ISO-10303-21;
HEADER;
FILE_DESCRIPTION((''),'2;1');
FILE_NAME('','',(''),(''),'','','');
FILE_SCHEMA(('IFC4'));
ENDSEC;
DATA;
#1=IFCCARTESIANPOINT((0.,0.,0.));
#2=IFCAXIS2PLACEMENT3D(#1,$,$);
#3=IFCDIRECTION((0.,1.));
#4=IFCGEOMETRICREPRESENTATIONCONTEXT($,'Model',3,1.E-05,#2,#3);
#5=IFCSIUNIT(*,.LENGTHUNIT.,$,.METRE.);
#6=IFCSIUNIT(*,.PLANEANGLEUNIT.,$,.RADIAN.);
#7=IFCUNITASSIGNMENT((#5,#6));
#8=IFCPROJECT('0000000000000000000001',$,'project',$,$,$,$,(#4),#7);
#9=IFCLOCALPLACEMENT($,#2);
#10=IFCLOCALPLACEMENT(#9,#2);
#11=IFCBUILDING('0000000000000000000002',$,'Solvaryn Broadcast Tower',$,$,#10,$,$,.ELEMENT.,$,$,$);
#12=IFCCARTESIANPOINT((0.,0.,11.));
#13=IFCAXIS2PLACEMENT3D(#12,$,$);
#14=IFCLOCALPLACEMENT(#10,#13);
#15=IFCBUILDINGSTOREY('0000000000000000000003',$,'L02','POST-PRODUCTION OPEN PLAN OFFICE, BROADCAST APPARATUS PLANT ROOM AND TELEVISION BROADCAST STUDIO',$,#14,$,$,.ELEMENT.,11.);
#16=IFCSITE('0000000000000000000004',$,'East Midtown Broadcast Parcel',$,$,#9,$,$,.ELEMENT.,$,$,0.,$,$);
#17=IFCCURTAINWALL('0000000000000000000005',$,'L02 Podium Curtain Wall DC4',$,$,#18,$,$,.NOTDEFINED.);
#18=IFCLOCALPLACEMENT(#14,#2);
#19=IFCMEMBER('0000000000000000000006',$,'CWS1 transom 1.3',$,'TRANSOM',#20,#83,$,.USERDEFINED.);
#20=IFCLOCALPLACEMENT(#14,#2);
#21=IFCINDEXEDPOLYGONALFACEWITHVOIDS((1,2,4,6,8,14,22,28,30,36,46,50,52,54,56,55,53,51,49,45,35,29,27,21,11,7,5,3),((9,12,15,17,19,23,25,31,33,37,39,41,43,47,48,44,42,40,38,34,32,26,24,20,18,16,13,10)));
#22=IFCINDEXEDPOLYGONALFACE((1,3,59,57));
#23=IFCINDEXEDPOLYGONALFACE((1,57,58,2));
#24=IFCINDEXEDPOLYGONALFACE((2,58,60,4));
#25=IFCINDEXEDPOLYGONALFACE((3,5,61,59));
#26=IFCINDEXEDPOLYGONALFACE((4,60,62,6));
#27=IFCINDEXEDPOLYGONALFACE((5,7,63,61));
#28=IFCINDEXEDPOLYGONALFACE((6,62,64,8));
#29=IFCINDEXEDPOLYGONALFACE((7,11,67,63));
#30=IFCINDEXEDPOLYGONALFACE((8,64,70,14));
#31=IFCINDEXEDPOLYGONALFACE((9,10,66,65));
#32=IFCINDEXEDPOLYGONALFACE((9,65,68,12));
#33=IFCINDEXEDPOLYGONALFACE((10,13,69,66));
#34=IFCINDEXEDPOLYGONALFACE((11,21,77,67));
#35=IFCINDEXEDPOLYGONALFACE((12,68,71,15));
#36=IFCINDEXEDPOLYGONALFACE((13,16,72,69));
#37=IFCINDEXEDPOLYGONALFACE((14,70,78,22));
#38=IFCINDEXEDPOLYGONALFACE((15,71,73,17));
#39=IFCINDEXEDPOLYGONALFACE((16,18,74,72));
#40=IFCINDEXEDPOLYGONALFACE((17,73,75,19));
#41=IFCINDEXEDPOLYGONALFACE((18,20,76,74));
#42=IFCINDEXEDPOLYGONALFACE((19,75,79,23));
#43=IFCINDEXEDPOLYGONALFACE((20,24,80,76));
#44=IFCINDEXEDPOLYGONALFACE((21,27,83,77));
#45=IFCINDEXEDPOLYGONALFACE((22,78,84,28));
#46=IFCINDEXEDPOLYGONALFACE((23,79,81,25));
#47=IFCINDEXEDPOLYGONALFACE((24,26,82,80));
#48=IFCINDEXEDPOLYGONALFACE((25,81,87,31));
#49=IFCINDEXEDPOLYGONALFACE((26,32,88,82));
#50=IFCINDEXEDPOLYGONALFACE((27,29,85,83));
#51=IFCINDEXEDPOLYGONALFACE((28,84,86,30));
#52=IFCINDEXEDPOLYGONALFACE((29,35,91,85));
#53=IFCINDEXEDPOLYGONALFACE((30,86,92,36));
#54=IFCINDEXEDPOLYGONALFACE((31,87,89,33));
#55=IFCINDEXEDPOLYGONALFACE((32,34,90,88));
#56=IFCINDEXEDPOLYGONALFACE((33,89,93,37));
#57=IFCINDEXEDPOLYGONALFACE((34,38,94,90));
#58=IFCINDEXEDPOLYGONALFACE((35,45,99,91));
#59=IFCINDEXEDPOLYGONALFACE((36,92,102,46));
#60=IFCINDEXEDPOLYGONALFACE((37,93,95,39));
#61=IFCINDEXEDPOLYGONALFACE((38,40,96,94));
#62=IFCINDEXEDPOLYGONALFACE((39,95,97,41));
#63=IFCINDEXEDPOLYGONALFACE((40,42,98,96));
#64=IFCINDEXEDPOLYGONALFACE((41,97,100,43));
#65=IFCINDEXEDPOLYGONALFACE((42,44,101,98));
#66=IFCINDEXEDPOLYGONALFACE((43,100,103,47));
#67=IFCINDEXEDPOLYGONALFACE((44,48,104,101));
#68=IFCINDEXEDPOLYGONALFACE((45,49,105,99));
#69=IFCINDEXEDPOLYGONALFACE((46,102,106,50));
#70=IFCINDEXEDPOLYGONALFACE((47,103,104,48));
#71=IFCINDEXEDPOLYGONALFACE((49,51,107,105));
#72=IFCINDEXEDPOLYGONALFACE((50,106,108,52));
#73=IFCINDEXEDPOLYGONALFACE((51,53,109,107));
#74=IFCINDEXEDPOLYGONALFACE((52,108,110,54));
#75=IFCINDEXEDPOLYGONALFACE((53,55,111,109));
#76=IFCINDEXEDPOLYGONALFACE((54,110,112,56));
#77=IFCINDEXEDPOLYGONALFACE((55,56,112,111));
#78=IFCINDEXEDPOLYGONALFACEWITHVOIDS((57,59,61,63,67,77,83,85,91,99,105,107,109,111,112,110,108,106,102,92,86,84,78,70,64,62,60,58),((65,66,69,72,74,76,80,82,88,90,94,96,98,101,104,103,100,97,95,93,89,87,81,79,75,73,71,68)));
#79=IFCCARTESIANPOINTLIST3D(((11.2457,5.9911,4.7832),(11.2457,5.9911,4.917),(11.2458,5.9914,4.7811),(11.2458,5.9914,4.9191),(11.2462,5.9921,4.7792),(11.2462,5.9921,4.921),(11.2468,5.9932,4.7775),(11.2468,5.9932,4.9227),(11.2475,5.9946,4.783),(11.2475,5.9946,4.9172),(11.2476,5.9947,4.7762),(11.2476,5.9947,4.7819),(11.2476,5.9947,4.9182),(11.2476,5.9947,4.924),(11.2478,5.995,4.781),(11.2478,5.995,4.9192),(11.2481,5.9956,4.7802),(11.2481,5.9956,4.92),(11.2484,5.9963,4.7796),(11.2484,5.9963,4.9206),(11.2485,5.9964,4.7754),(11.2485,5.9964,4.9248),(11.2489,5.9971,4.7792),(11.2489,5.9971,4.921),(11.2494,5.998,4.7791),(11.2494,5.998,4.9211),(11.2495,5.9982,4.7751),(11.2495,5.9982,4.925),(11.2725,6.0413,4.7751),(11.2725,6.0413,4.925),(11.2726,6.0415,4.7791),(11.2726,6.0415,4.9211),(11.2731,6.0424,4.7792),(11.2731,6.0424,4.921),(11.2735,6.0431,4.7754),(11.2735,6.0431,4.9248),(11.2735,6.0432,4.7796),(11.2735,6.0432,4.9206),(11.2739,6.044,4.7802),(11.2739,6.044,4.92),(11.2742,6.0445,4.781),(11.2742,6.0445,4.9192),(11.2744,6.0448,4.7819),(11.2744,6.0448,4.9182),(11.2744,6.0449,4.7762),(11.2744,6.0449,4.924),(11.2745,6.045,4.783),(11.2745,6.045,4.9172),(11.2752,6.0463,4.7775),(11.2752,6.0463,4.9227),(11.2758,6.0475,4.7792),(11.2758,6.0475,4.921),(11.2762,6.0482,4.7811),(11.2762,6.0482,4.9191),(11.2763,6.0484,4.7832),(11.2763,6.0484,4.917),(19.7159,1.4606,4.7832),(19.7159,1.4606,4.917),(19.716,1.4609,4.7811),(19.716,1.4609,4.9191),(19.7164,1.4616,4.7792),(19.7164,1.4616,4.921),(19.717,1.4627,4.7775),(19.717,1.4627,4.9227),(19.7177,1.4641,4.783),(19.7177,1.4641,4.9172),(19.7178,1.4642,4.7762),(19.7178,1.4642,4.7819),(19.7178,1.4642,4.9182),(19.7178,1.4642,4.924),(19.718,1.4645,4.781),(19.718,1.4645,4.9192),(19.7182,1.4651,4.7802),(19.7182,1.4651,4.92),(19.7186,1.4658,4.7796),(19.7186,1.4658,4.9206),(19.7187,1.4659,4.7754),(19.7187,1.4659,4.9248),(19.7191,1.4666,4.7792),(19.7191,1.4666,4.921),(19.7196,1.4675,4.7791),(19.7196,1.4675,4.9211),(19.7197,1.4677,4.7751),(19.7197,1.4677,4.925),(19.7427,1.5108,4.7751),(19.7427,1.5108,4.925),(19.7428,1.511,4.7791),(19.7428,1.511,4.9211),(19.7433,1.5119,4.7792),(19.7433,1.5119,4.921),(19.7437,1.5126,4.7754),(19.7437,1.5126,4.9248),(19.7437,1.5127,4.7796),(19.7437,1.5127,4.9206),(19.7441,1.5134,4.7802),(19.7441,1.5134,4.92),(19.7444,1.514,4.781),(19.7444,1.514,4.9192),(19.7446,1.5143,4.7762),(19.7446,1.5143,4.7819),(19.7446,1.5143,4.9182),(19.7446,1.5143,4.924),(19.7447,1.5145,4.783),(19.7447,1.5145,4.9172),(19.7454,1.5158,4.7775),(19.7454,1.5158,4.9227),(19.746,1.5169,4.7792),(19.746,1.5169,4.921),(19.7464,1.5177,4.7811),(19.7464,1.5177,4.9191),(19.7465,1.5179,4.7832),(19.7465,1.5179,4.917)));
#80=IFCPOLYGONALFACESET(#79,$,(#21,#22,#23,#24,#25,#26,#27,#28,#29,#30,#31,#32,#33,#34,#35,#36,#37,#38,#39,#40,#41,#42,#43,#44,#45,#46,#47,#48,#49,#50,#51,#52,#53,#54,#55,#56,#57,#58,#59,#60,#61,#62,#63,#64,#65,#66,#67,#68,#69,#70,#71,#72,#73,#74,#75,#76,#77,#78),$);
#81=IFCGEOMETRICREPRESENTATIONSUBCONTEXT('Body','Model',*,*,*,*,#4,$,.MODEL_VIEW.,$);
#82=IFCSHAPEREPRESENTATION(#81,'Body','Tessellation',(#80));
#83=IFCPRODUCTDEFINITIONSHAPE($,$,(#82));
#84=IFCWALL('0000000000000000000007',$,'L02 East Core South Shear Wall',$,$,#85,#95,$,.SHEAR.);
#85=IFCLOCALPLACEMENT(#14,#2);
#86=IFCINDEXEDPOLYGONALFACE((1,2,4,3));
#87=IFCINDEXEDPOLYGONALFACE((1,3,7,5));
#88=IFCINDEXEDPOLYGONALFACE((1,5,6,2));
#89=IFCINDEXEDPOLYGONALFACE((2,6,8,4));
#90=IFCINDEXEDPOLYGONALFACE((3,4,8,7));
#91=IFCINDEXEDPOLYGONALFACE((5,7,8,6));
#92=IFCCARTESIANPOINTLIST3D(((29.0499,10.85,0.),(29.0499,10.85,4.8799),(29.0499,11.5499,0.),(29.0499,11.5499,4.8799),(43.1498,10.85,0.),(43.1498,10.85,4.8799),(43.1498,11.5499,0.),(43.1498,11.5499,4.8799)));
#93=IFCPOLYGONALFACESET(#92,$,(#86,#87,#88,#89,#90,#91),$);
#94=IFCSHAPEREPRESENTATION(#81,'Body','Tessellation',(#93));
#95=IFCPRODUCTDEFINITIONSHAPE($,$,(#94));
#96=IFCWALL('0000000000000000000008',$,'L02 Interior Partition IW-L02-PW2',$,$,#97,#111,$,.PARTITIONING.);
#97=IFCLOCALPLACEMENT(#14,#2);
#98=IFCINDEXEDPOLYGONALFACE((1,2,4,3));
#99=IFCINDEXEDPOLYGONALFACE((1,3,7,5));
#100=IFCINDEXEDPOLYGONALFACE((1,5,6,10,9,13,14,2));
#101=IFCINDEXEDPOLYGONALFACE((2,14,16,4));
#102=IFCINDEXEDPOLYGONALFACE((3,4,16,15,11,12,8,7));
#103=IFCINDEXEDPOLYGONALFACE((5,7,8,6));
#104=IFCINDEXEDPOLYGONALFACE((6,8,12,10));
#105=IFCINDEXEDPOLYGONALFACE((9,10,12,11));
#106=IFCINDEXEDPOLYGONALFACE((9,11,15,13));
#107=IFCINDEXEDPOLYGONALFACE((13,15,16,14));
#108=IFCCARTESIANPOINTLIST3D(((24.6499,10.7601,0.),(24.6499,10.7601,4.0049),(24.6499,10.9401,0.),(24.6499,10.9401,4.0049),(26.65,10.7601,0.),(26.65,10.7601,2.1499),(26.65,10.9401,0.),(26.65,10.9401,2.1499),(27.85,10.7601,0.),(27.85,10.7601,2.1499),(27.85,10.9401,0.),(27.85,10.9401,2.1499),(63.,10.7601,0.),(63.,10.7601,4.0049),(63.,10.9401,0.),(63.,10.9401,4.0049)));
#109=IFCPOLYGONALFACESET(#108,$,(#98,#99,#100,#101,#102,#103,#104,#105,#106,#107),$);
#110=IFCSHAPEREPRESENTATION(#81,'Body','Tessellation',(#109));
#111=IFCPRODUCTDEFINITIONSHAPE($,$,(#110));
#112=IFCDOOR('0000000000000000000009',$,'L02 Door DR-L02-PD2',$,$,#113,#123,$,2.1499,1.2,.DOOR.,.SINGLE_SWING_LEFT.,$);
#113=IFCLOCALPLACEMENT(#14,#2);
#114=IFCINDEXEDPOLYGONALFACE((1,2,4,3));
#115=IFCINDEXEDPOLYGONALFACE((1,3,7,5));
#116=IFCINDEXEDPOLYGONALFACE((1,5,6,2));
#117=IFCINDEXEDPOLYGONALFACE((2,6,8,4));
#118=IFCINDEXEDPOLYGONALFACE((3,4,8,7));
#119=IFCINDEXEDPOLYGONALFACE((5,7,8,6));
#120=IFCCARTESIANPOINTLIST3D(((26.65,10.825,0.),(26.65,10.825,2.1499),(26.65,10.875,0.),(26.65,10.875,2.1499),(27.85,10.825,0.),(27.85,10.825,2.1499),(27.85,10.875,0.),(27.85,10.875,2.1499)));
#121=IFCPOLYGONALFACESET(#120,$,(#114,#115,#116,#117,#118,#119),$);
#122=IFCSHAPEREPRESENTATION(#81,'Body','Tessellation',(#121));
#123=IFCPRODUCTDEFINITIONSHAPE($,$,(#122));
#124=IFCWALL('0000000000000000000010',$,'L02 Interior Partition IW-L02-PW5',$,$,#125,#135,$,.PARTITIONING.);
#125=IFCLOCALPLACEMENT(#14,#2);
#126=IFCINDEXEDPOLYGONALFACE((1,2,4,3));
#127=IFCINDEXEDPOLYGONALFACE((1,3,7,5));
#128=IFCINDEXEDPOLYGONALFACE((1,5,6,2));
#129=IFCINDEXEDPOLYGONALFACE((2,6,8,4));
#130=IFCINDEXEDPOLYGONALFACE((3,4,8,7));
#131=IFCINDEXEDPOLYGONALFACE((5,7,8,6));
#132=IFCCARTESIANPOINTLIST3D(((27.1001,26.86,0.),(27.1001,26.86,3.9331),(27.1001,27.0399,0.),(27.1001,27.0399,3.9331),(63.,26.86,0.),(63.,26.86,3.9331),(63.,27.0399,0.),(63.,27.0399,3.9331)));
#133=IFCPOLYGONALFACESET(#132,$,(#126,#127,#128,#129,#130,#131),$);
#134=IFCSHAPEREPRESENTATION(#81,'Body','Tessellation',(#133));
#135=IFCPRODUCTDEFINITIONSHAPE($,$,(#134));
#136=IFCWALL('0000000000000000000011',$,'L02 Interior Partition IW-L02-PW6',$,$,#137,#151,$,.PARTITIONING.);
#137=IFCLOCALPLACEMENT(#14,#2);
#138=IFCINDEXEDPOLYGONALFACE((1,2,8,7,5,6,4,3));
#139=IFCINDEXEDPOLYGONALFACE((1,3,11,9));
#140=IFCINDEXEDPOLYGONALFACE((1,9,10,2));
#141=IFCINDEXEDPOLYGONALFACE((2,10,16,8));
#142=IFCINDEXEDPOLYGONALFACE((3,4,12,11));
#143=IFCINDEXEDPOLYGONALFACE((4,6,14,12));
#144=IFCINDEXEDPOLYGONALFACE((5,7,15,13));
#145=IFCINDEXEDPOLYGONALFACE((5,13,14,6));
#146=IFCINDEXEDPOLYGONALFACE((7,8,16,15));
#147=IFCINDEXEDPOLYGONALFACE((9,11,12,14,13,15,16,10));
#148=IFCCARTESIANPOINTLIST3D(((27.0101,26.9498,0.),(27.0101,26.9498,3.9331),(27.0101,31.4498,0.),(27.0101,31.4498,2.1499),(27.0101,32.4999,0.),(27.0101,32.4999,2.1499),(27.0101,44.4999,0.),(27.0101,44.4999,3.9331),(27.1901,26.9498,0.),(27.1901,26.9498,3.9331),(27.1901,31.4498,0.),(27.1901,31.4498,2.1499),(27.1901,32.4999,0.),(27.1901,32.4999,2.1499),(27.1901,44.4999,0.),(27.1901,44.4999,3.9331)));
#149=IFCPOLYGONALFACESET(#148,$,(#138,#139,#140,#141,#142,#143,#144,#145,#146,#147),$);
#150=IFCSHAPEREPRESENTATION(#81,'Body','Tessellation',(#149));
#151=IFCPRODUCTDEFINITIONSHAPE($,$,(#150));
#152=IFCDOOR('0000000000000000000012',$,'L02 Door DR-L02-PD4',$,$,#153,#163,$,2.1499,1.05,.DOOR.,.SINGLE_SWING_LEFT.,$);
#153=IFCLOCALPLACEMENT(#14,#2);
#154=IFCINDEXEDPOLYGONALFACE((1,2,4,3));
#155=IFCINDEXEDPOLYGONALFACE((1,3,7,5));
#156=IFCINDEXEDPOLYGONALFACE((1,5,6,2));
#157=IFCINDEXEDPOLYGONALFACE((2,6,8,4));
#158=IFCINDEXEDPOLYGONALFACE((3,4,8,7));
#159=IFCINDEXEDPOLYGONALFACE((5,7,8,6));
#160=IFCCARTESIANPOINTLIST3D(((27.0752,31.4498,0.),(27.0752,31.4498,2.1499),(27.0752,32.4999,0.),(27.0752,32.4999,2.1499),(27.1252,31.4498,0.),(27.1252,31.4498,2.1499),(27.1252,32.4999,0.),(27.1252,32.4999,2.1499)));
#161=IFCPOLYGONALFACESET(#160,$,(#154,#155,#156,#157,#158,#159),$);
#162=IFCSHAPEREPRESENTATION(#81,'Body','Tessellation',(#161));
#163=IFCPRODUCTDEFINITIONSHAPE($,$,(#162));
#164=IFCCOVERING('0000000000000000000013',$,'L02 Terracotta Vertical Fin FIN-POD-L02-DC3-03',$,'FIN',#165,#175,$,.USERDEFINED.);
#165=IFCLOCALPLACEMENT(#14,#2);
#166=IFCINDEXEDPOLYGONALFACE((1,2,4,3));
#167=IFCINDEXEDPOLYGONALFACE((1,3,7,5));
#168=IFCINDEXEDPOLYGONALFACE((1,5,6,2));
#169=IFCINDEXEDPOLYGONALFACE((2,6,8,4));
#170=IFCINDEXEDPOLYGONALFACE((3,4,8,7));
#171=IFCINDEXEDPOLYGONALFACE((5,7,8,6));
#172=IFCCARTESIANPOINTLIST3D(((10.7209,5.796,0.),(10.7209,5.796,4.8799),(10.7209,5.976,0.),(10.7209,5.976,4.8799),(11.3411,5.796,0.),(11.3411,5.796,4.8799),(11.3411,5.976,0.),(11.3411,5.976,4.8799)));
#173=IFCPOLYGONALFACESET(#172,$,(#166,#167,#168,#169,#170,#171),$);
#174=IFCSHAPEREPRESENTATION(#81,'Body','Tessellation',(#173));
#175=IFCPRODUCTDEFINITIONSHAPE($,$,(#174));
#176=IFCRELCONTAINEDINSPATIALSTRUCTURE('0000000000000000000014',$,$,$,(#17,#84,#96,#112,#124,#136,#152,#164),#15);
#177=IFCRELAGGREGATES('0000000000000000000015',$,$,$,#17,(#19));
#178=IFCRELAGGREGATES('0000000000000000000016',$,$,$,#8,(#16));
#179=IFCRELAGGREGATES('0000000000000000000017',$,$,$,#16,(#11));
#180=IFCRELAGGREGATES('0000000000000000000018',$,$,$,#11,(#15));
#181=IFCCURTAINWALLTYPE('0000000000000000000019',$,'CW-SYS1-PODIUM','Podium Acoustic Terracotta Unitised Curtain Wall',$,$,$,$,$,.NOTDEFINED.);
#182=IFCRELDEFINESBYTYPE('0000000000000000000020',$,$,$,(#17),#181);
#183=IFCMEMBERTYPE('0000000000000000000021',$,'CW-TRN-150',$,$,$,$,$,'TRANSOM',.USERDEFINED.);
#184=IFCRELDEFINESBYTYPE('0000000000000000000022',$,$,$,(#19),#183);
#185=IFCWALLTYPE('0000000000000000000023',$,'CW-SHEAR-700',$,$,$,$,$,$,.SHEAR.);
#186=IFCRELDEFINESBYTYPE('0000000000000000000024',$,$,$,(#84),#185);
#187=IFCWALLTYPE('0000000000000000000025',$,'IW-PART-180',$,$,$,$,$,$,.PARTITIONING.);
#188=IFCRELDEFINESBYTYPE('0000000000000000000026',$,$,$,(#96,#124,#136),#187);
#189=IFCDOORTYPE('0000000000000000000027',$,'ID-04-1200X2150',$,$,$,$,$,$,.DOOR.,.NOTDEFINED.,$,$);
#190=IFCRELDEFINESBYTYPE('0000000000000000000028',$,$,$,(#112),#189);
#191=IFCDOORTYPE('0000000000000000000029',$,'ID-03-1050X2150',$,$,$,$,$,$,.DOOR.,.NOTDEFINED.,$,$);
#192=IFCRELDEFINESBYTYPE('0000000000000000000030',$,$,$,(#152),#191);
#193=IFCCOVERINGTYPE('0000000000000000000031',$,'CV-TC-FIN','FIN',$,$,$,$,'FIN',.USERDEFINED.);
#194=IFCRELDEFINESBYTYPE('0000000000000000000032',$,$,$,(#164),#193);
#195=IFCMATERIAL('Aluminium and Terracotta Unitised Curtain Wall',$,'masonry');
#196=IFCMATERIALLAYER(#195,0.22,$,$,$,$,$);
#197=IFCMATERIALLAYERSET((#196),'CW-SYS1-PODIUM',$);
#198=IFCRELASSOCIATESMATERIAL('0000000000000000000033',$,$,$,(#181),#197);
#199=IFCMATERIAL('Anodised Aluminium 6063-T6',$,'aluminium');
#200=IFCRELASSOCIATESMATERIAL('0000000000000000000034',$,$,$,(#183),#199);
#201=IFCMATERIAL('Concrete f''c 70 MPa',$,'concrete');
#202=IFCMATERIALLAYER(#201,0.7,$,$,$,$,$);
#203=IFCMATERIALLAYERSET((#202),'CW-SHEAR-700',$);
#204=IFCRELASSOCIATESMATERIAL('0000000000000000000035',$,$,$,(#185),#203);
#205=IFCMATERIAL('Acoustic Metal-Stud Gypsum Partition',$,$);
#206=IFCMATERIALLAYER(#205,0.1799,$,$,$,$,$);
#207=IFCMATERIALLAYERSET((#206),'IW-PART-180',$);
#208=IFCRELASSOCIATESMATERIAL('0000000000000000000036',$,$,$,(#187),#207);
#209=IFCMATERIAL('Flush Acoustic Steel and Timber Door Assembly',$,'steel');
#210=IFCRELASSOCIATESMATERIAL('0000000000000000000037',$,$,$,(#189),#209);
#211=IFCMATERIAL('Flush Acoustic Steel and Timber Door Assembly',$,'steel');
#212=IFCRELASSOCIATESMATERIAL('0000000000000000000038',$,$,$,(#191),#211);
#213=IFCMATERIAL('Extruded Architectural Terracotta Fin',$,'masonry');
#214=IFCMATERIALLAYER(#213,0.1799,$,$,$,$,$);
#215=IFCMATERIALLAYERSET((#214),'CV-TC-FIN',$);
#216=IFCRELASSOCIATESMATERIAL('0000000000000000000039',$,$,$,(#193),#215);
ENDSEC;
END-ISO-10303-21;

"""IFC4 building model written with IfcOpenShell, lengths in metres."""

from ifc_helpers import new_model, si_unit, direction, frame, frame_2d, origin, origin_2d, place, context, subcontext, project, spatial, rectangle, hollow_rectangle, extrude, material, layer, layer_set, material_profile, profile_set, type_object, element, fill, aggregate, save


model = new_model("IFC4")

# Units and contexts
model_context = context("Model", 3, precision=1e-05, world=origin(), true_north=direction((0.0, 1.0)))
body_context = subcontext(model_context, "Body", "Model", "MODEL_VIEW")
ifc_project = project(units=[si_unit("LENGTHUNIT", "METRE"), si_unit("PLANEANGLEUNIT", "RADIAN")], contexts=[model_context])

# Site, building, storey
site_placement = place(None, origin())
site = spatial("IfcSite", under=ifc_project, at=site_placement, Name="East Midtown Broadcast Parcel", CompositionType="ELEMENT", RefElevation=0.0)
building_placement = place(site_placement, origin())
building = spatial("IfcBuilding", under=site, at=building_placement, Name="Solvaryn Broadcast Tower", CompositionType="ELEMENT")
storey_placement = place(building_placement, frame((0.0, 0.0, 11.0)))
storey = spatial("IfcBuildingStorey", under=building, at=storey_placement, Name="L02", Description="POST-PRODUCTION OPEN PLAN OFFICE, BROADCAST APPARATUS PLANT ROOM AND TELEVISION BROADCAST STUDIO", CompositionType="ELEMENT", Elevation=11.0)

# Shared definitions
ifc_material_1 = material(Name="Aluminium and Terracotta Unitised Curtain Wall", Category="masonry")
ifc_layer_1 = layer(ifc_material_1, 0.22)
ifc_layer_set_1 = layer_set([ifc_layer_1], Name="CW-SYS1-PODIUM")
curtain_wall_type = type_object("IfcCurtainWallType", Name="CW-SYS1-PODIUM", Description="Podium Acoustic Terracotta Unitised Curtain Wall", PredefinedType="NOTDEFINED", material=ifc_layer_set_1)

# Curtain wall, member
curtain_wall_1_placement = place(storey_placement, origin())
curtain_wall_1 = element("IfcCurtainWall", 1, at=curtain_wall_1_placement, inside=storey, type_object=curtain_wall_type, Name="L02 Podium Curtain Wall DC4", PredefinedType="NOTDEFINED")
ifc_material_2 = material(Name="Anodised Aluminium 6063-T6", Category="aluminium")
ifc_material_profile_1 = material_profile(ifc_material_2, hollow_rectangle(XDim=0.0649, YDim=0.1499, WallThickness=0.0039, InnerFilletRadius=0.0039, OuterFilletRadius=0.0081, at=origin_2d()))
ifc_profile_set_1 = profile_set([ifc_material_profile_1], Name="Anodised Aluminium 6063-T6")
member_type_1 = type_object("IfcMemberType", Name="CW-TRN-150", ElementType="TRANSOM", PredefinedType="USERDEFINED", material=ifc_profile_set_1)
member_1_placement = place(storey_placement, frame((11.261, 6.0198, 4.8501), z_axis=(0.881787, -0.471647, 0.0), x_axis=(0.471647, 0.881787, 0.0)))
member_1 = element("IfcMember", 2, at=member_1_placement, type_object=member_type_1, Name="CWS1 transom 1.3", ObjectType="TRANSOM", PredefinedType="USERDEFINED", context=body_context, shape_type="SweptSolid", body=[
    extrude(hollow_rectangle(XDim=0.0649, YDim=0.1499, WallThickness=0.0039, InnerFilletRadius=0.0039, OuterFilletRadius=0.0081, at=origin_2d()), origin(), (0.0, 0.0, 1.0), 9.6057),
])
aggregate(curtain_wall_1, [member_1])

# Wall
ifc_material_3 = material(Name="Concrete f'c 70 MPa", Category="concrete")
ifc_layer_2 = layer(ifc_material_3, 0.7)
ifc_layer_set_2 = layer_set([ifc_layer_2], Name="CW-SHEAR-700")
wall_type_1 = type_object("IfcWallType", Name="CW-SHEAR-700", PredefinedType="SHEAR", material=ifc_layer_set_2)
wall_1_placement = place(storey_placement, frame((29.05, 11.2, 0.0), z_axis=(0.0, 0.0, 1.0), x_axis=(1.0, 0.0, 0.0)))
element("IfcWall", 3, at=wall_1_placement, inside=storey, type_object=wall_type_1, Name="L02 East Core South Shear Wall", PredefinedType="SHEAR", context=body_context, shape_type="SweptSolid", body=[
    extrude(rectangle(XDim=14.0999, YDim=0.7, at=frame_2d((7.0498, 0.0))), origin(), (0.0, 0.0, 1.0), 4.8799),
])

# Wall, opening, door
ifc_material_4 = material(Name="Acoustic Metal-Stud Gypsum Partition")
ifc_layer_3 = layer(ifc_material_4, 0.1799)
ifc_layer_set_3 = layer_set([ifc_layer_3], Name="IW-PART-180")
wall_type_2 = type_object("IfcWallType", Name="IW-PART-180", PredefinedType="PARTITIONING", material=ifc_layer_set_3)
wall_2_placement = place(storey_placement, frame((24.6499, 10.8501, 0.0), z_axis=(0.0, 0.0, 1.0), x_axis=(1.0, 0.0, 0.0)))
wall_2 = element("IfcWall", 4, at=wall_2_placement, inside=storey, type_object=wall_type_2, Name="L02 Interior Partition IW-L02-PW2", PredefinedType="PARTITIONING", context=body_context, shape_type="SweptSolid", body=[
    extrude(rectangle(XDim=38.3501, YDim=0.1799, at=frame_2d((19.175, 0.0))), origin(), (0.0, 0.0, 1.0), 4.0049),
])
opening_1_placement = place(wall_2_placement, frame((2.0, 0.0, 0.0)))
opening_1 = element("IfcOpeningElement", 5, at=opening_1_placement, cuts=wall_2, PredefinedType="OPENING", context=body_context, shape_type="SweptSolid", body=[
    extrude(rectangle(XDim=1.2, YDim=2.1499, at=frame_2d((0.6001, 1.075))), frame((0.0, 0.0999, 0.0), z_axis=(0.0, -1.0, 0.0), x_axis=(1.0, 0.0, 0.0)), (0.0, 0.0, 1.0), 0.2),
])
ifc_material_5 = material(Name="Flush Acoustic Steel and Timber Door Assembly", Category="steel")
door_type_1 = type_object("IfcDoorType", Name="ID-04-1200X2150", OperationType="NOTDEFINED", PredefinedType="DOOR", material=ifc_material_5)
door_1_placement = place(opening_1_placement, origin())
door_1 = element("IfcDoor", 6, at=door_1_placement, inside=storey, type_object=door_type_1, Name="L02 Door DR-L02-PD2", OperationType="SINGLE_SWING_LEFT", OverallHeight=2.1499, OverallWidth=1.2, PredefinedType="DOOR", context=body_context, shape_type="SweptSolid", body=[
    extrude(rectangle(XDim=1.2, YDim=2.1499, at=frame_2d((0.6001, 1.075))), frame((0.0, 0.0249, 0.0), z_axis=(0.0, -1.0, 0.0), x_axis=(1.0, 0.0, 0.0)), (0.0, 0.0, 1.0), 0.05),
])
fill(opening_1, door_1)

# Wall
wall_3_placement = place(storey_placement, frame((27.1001, 26.95, 0.0), z_axis=(0.0, 0.0, 1.0), x_axis=(1.0, 0.0, 0.0)))
element("IfcWall", 7, at=wall_3_placement, inside=storey, type_object=wall_type_2, Name="L02 Interior Partition IW-L02-PW5", PredefinedType="PARTITIONING", context=body_context, shape_type="SweptSolid", body=[
    extrude(rectangle(XDim=35.8999, YDim=0.1799, at=frame_2d((17.95, 0.0))), origin(), (0.0, 0.0, 1.0), 3.9331),
])

# Wall, opening, door
wall_4_placement = place(storey_placement, frame((27.1001, 26.95, 0.0), z_axis=(0.0, 0.0, 1.0), x_axis=(0.0, 1.0, 0.0)))
wall_4 = element("IfcWall", 8, at=wall_4_placement, inside=storey, type_object=wall_type_2, Name="L02 Interior Partition IW-L02-PW6", PredefinedType="PARTITIONING", context=body_context, shape_type="SweptSolid", body=[
    extrude(rectangle(XDim=17.55, YDim=0.1799, at=frame_2d((8.7749, 0.0))), origin(), (0.0, 0.0, 1.0), 3.9331),
])
opening_2_placement = place(wall_4_placement, frame((4.5, 0.0, 0.0)))
opening_2 = element("IfcOpeningElement", 9, at=opening_2_placement, cuts=wall_4, PredefinedType="OPENING", context=body_context, shape_type="SweptSolid", body=[
    extrude(rectangle(XDim=1.05, YDim=2.1499, at=frame_2d((0.5249, 1.075))), frame((0.0, 0.0999, 0.0), z_axis=(0.0, -1.0, 0.0), x_axis=(1.0, 0.0, 0.0)), (0.0, 0.0, 1.0), 0.2),
])
ifc_material_6 = material(Name="Flush Acoustic Steel and Timber Door Assembly", Category="steel")
door_type_2 = type_object("IfcDoorType", Name="ID-03-1050X2150", OperationType="NOTDEFINED", PredefinedType="DOOR", material=ifc_material_6)
door_2_placement = place(opening_2_placement, origin())
door_2 = element("IfcDoor", 10, at=door_2_placement, inside=storey, type_object=door_type_2, Name="L02 Door DR-L02-PD4", OperationType="SINGLE_SWING_LEFT", OverallHeight=2.1499, OverallWidth=1.05, PredefinedType="DOOR", context=body_context, shape_type="SweptSolid", body=[
    extrude(rectangle(XDim=1.05, YDim=2.1499, at=frame_2d((0.5249, 1.075))), frame((0.0, 0.0249, 0.0), z_axis=(0.0, -1.0, 0.0), x_axis=(1.0, 0.0, 0.0)), (0.0, 0.0, 1.0), 0.05),
])
fill(opening_2, door_2)

# Covering
ifc_material_7 = material(Name="Extruded Architectural Terracotta Fin", Category="masonry")
ifc_layer_4 = layer(ifc_material_7, 0.1799)
ifc_layer_set_4 = layer_set([ifc_layer_4], Name="CV-TC-FIN")
covering_type = type_object("IfcCoveringType", Name="CV-TC-FIN", Description="FIN", ElementType="FIN", PredefinedType="USERDEFINED", material=ifc_layer_set_4)
covering_1_placement = place(storey_placement, frame((11.031, 5.886, 0.0), z_axis=(0.0, 0.0, 1.0), x_axis=(1.0, 0.0, 0.0)))
element("IfcCovering", 11, at=covering_1_placement, inside=storey, type_object=covering_type, Name="L02 Terracotta Vertical Fin FIN-POD-L02-DC3-03", ObjectType="FIN", PredefinedType="USERDEFINED", context=body_context, shape_type="SweptSolid", body=[
    extrude(rectangle(XDim=0.6201, YDim=0.1799, at=origin_2d()), origin(), (0.0, 0.0, 1.0), 4.8799),
])

save(model, "model.ifc")
